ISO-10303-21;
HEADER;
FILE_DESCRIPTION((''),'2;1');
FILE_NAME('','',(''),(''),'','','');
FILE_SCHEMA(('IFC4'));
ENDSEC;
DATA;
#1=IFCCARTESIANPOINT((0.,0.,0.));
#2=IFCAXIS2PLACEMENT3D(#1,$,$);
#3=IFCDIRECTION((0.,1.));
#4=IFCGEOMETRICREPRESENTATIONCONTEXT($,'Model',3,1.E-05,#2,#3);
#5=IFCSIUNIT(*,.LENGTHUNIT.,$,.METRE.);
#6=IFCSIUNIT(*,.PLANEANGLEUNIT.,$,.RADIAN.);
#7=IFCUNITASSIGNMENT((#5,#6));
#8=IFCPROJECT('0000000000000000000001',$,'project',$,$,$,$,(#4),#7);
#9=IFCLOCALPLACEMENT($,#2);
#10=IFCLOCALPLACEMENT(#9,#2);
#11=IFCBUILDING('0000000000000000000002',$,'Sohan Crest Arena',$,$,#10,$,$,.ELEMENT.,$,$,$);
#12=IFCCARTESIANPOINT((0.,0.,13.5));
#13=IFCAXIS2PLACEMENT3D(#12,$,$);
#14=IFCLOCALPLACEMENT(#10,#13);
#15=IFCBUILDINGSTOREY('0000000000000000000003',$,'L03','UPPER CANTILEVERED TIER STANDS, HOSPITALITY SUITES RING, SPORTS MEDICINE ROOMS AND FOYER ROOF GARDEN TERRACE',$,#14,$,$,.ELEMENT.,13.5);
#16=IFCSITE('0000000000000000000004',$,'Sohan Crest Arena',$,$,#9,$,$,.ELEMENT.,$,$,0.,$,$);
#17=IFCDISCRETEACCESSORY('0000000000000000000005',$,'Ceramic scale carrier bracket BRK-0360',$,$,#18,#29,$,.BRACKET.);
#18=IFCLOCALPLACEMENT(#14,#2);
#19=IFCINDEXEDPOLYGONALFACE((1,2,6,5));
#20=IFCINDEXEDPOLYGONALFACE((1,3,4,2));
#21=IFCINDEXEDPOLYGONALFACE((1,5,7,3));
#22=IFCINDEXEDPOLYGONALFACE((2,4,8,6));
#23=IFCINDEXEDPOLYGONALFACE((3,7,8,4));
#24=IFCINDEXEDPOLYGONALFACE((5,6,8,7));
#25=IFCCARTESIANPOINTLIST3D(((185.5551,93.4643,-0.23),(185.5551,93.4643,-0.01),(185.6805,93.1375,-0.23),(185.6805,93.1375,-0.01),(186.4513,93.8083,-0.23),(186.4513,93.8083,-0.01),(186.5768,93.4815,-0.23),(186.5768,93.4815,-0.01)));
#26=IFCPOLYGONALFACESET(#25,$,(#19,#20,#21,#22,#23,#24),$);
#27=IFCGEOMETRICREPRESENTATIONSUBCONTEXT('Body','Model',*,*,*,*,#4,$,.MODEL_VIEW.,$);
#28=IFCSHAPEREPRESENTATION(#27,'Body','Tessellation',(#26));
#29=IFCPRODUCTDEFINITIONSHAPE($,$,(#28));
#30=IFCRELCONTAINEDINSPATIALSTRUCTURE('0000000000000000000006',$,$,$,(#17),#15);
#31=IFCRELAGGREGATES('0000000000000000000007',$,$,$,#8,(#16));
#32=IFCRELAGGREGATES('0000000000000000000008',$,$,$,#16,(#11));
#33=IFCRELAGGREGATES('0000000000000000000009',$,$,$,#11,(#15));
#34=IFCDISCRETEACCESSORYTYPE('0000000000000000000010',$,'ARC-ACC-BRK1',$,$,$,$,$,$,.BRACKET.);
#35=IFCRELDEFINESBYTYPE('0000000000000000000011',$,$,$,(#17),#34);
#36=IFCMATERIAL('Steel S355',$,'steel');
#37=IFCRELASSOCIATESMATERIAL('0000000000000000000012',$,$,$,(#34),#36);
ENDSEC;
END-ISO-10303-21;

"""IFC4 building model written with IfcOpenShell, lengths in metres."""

from ifc_helpers import new_model, si_unit, direction, frame, origin, origin_2d, place, context, subcontext, project, spatial, rectangle, extrude, material, type_object, element, save


model = new_model("IFC4")

# Units and contexts
model_context = context("Model", 3, precision=1e-05, world=origin(), true_north=direction((0.0, 1.0)))
body_context = subcontext(model_context, "Body", "Model", "MODEL_VIEW")
ifc_project = project(units=[si_unit("LENGTHUNIT", "METRE"), si_unit("PLANEANGLEUNIT", "RADIAN")], contexts=[model_context])

# Site, building, storey
site_placement = place(None, origin())
site = spatial("IfcSite", under=ifc_project, at=site_placement, Name="Sohan Crest Arena", CompositionType="ELEMENT", RefElevation=0.0)
building_placement = place(site_placement, origin())
building = spatial("IfcBuilding", under=site, at=building_placement, Name="Sohan Crest Arena", CompositionType="ELEMENT")
storey_placement = place(building_placement, frame((0.0, 0.0, 13.5)))
storey = spatial("IfcBuildingStorey", under=building, at=storey_placement, Name="L03", Description="UPPER CANTILEVERED TIER STANDS, HOSPITALITY SUITES RING, SPORTS MEDICINE ROOMS AND FOYER ROOF GARDEN TERRACE", CompositionType="ELEMENT", Elevation=13.5)

# Shared definitions
ifc_material_1 = material(Name="Steel S355", Category="steel")

# Discrete accessory
discrete_accessory_type = type_object("IfcDiscreteAccessoryType", Name="ARC-ACC-BRK1", PredefinedType="BRACKET", material=ifc_material_1)
discrete_accessory_placement = place(storey_placement, frame((186.0659, 93.4729, -0.23), z_axis=(0.0, 0.0, 1.0), x_axis=(-0.358368, 0.93358, 0.0)))
element("IfcDiscreteAccessory", 1, at=discrete_accessory_placement, inside=storey, type_object=discrete_accessory_type, Name="Ceramic scale carrier bracket BRK-0360", PredefinedType="BRACKET", context=body_context, shape_type="SweptSolid", body=[
    extrude(rectangle(XDim=0.3501, YDim=0.96, at=origin_2d()), origin(), (0.0, 0.0, 1.0), 0.22),
])

save(model, "model.ifc")
